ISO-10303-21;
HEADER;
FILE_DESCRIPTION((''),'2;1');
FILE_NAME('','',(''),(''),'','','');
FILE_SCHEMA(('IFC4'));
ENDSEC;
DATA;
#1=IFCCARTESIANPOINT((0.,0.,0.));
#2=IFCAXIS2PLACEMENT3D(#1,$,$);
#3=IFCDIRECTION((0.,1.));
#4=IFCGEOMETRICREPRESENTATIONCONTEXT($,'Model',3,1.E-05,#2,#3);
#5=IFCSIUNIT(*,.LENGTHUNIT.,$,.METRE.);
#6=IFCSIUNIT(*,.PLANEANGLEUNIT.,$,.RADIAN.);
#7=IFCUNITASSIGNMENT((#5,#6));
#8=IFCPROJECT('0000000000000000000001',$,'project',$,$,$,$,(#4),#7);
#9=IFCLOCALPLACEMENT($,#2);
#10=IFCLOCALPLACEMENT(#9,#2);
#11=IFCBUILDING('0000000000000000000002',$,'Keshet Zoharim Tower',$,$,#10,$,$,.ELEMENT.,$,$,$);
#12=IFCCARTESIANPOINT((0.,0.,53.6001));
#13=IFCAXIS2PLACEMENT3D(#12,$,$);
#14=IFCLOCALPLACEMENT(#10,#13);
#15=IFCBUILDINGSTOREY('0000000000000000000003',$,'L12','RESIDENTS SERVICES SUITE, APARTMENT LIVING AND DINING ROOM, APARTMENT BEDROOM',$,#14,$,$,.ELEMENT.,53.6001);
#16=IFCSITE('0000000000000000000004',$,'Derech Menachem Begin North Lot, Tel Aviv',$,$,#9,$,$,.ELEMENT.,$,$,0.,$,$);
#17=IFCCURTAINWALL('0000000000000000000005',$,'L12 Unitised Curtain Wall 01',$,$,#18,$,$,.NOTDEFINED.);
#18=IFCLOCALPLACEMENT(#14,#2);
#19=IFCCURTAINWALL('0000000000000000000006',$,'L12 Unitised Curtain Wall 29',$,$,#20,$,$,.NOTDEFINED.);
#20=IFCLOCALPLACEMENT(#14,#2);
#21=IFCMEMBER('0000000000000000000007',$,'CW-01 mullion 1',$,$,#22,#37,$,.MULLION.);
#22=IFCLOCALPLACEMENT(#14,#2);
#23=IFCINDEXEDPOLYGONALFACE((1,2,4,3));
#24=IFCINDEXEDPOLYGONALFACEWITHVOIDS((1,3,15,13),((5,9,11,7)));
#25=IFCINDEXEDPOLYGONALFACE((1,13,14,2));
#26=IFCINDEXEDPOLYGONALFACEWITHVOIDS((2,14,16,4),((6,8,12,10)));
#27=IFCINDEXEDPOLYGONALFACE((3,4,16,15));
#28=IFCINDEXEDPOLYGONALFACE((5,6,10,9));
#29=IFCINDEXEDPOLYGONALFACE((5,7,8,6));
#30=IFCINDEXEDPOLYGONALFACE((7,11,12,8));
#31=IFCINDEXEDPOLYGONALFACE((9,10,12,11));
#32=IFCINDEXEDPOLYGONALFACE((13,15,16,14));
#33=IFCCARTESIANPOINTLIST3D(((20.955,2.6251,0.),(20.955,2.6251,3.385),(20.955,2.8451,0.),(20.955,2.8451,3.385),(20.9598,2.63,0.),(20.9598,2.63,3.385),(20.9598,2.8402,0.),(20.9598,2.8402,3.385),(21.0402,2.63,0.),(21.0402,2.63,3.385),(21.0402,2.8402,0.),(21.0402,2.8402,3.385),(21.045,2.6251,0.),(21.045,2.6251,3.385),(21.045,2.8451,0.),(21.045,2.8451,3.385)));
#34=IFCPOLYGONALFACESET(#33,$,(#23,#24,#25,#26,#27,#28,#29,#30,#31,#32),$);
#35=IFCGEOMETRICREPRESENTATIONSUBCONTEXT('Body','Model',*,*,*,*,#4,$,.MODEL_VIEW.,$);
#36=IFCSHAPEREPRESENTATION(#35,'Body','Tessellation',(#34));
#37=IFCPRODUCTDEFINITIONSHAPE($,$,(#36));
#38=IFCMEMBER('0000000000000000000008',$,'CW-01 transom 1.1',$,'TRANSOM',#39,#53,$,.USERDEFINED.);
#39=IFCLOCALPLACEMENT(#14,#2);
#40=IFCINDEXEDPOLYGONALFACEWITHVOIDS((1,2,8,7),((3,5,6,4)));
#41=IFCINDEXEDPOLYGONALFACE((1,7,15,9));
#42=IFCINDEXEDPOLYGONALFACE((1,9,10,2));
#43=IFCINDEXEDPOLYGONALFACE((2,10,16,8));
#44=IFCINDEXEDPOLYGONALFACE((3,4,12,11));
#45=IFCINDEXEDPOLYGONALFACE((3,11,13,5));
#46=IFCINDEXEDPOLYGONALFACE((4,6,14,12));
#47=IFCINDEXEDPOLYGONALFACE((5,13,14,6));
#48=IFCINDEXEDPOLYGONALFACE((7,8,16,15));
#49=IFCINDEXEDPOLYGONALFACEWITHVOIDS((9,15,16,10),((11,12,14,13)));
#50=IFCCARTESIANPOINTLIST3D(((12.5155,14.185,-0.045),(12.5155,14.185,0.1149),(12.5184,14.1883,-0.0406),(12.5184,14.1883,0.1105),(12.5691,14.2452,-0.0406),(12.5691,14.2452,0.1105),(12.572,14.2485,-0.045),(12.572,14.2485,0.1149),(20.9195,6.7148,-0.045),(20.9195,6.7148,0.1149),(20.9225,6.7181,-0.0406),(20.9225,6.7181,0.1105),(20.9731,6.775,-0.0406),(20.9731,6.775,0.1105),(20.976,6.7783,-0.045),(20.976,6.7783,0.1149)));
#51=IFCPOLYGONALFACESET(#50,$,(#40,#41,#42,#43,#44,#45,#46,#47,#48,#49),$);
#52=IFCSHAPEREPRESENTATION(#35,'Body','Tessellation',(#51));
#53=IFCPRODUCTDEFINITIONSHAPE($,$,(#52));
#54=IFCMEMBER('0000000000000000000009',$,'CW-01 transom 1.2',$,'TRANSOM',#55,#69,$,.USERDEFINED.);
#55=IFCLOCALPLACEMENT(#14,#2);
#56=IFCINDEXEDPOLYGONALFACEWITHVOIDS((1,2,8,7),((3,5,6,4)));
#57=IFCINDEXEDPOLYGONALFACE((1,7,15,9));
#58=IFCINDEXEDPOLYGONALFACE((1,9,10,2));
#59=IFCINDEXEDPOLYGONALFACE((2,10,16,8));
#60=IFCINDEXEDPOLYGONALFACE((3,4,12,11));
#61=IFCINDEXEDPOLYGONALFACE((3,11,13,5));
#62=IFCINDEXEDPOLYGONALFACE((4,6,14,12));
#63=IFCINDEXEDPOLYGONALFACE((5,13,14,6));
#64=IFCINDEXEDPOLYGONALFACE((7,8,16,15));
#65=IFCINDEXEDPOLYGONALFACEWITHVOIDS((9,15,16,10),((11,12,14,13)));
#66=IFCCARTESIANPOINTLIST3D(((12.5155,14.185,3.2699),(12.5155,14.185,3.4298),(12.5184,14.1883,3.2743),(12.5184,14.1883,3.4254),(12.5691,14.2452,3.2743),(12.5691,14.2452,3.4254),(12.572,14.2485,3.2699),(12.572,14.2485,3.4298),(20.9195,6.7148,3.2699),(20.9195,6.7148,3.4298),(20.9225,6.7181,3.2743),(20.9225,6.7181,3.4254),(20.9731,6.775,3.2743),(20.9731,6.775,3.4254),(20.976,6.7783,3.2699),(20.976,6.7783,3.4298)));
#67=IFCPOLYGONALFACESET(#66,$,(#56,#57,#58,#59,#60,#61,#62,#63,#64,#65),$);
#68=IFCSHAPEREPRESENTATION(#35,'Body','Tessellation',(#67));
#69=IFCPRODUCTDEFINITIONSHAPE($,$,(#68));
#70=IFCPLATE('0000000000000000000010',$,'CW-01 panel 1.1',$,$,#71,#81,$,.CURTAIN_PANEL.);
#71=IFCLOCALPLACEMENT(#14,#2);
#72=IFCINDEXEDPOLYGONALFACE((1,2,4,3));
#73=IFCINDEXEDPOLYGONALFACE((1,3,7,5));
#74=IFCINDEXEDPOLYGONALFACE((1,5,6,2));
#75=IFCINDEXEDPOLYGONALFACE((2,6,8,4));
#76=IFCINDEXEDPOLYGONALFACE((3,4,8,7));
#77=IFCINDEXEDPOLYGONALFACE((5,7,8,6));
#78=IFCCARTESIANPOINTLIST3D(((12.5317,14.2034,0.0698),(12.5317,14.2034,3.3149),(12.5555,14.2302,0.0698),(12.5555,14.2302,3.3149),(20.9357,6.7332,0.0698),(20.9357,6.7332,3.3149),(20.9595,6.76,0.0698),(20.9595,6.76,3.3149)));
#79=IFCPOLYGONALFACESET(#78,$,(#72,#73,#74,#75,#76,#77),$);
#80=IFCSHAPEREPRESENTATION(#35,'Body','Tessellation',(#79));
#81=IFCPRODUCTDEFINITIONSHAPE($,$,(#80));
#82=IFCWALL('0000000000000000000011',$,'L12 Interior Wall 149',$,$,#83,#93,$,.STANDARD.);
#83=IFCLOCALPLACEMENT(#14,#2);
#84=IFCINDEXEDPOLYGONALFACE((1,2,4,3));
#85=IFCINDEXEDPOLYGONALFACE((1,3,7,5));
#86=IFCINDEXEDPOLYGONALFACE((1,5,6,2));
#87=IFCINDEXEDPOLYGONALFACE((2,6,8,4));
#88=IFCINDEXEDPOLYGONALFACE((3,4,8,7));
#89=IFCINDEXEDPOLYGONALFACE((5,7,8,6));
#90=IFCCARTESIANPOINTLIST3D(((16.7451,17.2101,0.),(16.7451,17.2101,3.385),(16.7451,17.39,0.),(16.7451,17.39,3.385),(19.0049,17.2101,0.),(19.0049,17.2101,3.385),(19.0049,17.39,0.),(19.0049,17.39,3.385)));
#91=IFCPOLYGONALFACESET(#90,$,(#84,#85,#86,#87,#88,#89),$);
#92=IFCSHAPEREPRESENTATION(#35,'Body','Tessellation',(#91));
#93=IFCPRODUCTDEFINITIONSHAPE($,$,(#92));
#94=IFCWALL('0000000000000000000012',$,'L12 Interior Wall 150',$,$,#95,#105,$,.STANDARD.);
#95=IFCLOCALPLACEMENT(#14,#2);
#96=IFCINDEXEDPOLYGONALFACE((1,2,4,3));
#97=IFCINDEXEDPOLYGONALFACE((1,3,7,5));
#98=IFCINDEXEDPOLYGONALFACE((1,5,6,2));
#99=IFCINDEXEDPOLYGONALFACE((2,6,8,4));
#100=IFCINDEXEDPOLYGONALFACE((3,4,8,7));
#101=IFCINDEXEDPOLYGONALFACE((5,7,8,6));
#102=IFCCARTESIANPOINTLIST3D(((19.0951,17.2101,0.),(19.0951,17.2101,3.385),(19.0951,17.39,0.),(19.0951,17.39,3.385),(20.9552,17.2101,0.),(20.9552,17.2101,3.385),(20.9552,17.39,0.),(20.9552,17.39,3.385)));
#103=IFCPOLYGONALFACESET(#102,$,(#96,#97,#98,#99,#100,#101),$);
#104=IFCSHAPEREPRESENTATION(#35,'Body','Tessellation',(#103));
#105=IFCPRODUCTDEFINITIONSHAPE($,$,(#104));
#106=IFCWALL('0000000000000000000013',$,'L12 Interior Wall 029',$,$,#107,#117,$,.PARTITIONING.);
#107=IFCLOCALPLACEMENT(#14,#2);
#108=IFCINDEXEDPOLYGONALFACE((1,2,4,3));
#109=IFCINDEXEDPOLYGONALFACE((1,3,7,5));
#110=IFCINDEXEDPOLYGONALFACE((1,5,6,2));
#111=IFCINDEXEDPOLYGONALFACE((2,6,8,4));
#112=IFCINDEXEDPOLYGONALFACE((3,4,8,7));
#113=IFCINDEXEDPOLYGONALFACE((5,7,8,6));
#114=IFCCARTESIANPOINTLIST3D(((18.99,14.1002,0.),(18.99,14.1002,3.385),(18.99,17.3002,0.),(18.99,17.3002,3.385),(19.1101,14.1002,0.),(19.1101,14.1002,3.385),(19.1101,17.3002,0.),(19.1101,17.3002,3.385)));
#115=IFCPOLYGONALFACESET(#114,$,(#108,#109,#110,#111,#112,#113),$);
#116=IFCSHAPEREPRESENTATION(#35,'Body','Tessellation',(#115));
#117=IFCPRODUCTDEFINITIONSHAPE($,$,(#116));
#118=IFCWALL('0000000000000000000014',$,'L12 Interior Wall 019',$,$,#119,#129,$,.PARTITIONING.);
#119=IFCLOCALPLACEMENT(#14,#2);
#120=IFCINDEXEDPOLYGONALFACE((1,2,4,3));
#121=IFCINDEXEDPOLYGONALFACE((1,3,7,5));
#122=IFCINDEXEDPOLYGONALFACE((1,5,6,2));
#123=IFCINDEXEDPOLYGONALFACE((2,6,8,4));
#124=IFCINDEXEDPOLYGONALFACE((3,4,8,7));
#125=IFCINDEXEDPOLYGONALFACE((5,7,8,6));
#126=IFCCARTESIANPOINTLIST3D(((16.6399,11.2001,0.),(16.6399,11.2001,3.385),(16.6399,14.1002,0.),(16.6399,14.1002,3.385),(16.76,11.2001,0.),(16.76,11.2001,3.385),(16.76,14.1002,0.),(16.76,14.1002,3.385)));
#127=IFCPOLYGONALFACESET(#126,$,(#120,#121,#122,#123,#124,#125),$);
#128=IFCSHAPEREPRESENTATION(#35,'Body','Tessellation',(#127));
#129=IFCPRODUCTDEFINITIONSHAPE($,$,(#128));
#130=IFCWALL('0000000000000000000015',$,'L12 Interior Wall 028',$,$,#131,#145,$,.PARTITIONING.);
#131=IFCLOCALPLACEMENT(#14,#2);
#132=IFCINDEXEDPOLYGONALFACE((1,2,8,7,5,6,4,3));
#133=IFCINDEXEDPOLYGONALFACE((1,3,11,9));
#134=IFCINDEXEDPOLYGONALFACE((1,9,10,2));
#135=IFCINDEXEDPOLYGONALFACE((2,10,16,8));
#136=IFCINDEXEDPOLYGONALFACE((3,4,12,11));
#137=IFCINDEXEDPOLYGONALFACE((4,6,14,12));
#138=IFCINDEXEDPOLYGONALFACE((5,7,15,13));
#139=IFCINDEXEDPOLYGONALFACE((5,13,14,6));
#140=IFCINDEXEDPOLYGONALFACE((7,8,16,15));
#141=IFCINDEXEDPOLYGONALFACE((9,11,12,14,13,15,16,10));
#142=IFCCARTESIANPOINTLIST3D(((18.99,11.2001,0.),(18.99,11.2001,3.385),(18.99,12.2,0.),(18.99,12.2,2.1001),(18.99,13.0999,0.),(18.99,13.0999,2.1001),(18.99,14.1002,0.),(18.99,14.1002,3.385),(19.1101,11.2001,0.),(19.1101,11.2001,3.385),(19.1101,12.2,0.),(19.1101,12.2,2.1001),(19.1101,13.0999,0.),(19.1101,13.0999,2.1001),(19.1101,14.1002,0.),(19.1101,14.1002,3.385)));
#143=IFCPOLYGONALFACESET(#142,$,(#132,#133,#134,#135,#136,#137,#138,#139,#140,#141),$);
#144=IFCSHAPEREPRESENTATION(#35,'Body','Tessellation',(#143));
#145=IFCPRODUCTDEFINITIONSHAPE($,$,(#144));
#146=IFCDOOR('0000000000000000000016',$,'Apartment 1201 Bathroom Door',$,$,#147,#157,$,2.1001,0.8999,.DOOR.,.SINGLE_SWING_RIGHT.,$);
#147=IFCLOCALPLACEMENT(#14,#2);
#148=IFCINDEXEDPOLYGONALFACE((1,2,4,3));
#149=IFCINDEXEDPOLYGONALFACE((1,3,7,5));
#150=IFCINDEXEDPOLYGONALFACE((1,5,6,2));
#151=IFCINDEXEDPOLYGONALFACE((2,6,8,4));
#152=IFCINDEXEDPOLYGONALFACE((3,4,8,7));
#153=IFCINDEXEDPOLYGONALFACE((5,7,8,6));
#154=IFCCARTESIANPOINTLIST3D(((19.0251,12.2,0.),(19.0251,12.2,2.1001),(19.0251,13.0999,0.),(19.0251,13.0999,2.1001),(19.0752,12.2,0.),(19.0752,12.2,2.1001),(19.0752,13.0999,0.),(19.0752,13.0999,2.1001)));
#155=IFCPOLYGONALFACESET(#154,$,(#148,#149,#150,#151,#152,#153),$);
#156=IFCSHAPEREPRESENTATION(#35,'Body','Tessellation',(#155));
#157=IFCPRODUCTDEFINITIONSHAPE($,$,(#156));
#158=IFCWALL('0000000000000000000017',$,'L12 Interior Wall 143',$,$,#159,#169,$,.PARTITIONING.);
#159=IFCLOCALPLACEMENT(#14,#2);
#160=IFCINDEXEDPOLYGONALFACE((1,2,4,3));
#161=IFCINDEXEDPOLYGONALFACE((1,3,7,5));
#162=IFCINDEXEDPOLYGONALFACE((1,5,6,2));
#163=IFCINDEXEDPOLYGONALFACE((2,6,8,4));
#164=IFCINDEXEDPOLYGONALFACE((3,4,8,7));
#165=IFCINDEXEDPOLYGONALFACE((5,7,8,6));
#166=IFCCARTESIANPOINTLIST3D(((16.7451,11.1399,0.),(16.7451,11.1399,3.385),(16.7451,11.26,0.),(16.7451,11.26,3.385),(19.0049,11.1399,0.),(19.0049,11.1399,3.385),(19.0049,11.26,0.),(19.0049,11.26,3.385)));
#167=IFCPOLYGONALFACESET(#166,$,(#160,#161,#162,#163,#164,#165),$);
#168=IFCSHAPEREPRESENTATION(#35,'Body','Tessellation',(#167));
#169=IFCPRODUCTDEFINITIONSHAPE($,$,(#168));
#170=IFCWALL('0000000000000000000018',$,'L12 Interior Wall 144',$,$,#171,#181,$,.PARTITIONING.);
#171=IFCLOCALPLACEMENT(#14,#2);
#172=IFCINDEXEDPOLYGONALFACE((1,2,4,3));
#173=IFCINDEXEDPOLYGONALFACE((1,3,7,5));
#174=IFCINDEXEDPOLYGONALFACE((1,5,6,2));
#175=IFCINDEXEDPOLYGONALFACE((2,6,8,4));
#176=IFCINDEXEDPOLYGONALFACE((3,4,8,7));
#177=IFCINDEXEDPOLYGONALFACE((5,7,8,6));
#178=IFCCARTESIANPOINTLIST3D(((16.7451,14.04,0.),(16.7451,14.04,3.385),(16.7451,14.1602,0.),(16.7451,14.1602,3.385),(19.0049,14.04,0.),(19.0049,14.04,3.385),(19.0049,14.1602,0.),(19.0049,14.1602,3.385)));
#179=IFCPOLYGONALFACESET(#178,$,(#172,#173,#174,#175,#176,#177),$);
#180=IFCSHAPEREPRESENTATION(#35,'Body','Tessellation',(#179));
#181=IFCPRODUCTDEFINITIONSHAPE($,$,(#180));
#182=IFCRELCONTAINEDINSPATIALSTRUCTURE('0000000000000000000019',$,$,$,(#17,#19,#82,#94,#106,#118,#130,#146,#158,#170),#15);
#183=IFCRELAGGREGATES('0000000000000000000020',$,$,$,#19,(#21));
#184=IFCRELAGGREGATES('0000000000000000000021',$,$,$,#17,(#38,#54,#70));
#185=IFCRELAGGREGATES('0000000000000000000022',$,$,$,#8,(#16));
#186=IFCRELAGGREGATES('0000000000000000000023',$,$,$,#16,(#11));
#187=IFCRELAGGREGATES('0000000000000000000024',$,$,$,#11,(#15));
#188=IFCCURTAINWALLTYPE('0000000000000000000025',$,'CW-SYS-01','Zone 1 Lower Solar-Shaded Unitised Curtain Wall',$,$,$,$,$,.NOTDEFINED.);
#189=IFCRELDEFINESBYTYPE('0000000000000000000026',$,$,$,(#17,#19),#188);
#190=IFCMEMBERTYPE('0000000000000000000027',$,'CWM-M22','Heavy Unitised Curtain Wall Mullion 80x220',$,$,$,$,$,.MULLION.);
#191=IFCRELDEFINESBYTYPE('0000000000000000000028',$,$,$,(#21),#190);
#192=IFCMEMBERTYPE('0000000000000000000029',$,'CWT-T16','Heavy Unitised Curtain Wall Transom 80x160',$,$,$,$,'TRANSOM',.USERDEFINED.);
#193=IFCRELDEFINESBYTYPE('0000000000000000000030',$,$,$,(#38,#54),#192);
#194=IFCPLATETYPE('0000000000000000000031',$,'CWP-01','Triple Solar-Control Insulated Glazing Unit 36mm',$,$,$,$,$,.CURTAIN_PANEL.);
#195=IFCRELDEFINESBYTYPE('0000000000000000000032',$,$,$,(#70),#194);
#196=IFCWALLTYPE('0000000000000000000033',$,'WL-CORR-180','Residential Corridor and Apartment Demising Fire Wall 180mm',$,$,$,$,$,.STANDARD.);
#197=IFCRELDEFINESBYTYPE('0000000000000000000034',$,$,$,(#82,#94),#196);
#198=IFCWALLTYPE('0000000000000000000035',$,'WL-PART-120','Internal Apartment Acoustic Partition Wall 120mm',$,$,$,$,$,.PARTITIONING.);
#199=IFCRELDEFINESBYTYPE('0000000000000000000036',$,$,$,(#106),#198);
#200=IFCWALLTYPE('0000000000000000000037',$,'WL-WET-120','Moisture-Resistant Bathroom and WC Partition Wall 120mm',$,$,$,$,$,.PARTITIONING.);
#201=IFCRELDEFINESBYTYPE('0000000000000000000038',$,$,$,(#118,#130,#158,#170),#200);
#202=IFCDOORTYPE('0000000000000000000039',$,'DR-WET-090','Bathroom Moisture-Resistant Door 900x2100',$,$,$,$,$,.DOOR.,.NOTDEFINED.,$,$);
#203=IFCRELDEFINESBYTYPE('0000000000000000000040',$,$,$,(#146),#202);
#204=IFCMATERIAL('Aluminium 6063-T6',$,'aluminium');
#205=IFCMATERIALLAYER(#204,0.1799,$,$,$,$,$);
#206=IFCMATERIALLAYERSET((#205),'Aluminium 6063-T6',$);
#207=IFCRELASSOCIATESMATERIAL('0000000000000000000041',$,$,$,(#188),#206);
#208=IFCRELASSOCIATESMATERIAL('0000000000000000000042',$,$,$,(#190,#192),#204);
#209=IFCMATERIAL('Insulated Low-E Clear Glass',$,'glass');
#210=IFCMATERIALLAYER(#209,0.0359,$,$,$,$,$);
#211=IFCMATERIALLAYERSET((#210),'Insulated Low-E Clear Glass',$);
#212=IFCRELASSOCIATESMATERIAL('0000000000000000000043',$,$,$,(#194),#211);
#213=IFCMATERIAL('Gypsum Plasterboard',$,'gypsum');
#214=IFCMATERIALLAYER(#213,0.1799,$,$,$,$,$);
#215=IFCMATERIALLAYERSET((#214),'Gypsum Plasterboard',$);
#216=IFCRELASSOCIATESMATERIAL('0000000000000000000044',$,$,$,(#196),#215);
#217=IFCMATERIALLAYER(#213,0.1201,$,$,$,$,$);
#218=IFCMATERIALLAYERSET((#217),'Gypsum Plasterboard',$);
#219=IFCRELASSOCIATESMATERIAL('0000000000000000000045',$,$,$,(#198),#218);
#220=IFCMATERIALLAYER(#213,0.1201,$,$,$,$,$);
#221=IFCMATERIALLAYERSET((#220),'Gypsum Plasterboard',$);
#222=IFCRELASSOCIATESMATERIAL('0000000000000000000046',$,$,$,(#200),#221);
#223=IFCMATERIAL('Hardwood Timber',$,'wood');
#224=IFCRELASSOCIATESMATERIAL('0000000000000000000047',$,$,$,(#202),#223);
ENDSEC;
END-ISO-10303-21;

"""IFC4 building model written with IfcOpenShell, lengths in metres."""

from ifc_helpers import new_model, si_unit, direction, frame, frame_2d, origin, origin_2d, place, context, subcontext, project, spatial, rectangle, hollow_rectangle, extrude, material, layer, layer_set, material_profile, profile_set, type_object, element, fill, aggregate, save


model = new_model("IFC4")

# Units and contexts
model_context = context("Model", 3, precision=1e-05, world=origin(), true_north=direction((0.0, 1.0)))
body_context = subcontext(model_context, "Body", "Model", "MODEL_VIEW")
ifc_project = project(units=[si_unit("LENGTHUNIT", "METRE"), si_unit("PLANEANGLEUNIT", "RADIAN")], contexts=[model_context])

# Site, building, storey
site_placement = place(None, origin())
site = spatial("IfcSite", under=ifc_project, at=site_placement, Name="Derech Menachem Begin North Lot, Tel Aviv", CompositionType="ELEMENT", RefElevation=0.0)
building_placement = place(site_placement, origin())
building = spatial("IfcBuilding", under=site, at=building_placement, Name="Keshet Zoharim Tower", CompositionType="ELEMENT")
storey_placement = place(building_placement, frame((0.0, 0.0, 53.6001)))
storey = spatial("IfcBuildingStorey", under=building, at=storey_placement, Name="L12", Description="RESIDENTS SERVICES SUITE, APARTMENT LIVING AND DINING ROOM, APARTMENT BEDROOM", CompositionType="ELEMENT", Elevation=53.6001)

# Curtain walls, member
ifc_material_1 = material(Name="Aluminium 6063-T6", Category="aluminium")
ifc_layer_1 = layer(ifc_material_1, 0.1799)
ifc_layer_set_1 = layer_set([ifc_layer_1], Name="Aluminium 6063-T6")
curtain_wall_type = type_object("IfcCurtainWallType", Name="CW-SYS-01", Description="Zone 1 Lower Solar-Shaded Unitised Curtain Wall", PredefinedType="NOTDEFINED", material=ifc_layer_set_1)
curtain_wall_1_placement = place(storey_placement, origin())
curtain_wall_1 = element("IfcCurtainWall", 1, at=curtain_wall_1_placement, inside=storey, type_object=curtain_wall_type, Name="L12 Unitised Curtain Wall 01", PredefinedType="NOTDEFINED")
ifc_material_profile_1 = material_profile(ifc_material_1, hollow_rectangle(XDim=0.0901, YDim=0.22, WallThickness=0.0049, at=origin_2d()), Name="MUL-90x220")
ifc_profile_set_1 = profile_set([ifc_material_profile_1], Name="Aluminium 6063-T6")
member_type_1 = type_object("IfcMemberType", Name="CWM-M22", Description="Heavy Unitised Curtain Wall Mullion 80x220", PredefinedType="MULLION", material=ifc_profile_set_1)
curtain_wall_2_placement = place(storey_placement, origin())
curtain_wall_2 = element("IfcCurtainWall", 2, at=curtain_wall_2_placement, inside=storey, type_object=curtain_wall_type, Name="L12 Unitised Curtain Wall 29", PredefinedType="NOTDEFINED")
member_1_placement = place(storey_placement, frame((21.0, 2.7351, 0.0), z_axis=(0.0, 0.0, 1.0), x_axis=(-1.0, 0.0, 0.0)))
member_1 = element("IfcMember", 3, at=member_1_placement, type_object=member_type_1, Name="CW-01 mullion 1", PredefinedType="MULLION", context=body_context, shape_type="SweptSolid", body=[
    extrude(hollow_rectangle(XDim=0.0901, YDim=0.22, WallThickness=0.0049, at=origin_2d()), origin(), (0.0, 0.0, 1.0), 3.385),
])
aggregate(curtain_wall_2, [member_1])

# Members
ifc_material_profile_2 = material_profile(ifc_material_1, hollow_rectangle(XDim=0.085, YDim=0.1599, WallThickness=0.0044, at=origin_2d()), Name="TRN-85x160")
ifc_profile_set_2 = profile_set([ifc_material_profile_2], Name="Aluminium 6063-T6")
member_type_2 = type_object("IfcMemberType", Name="CWT-T16", Description="Heavy Unitised Curtain Wall Transom 80x160", ElementType="TRANSOM", PredefinedType="USERDEFINED", material=ifc_profile_set_2)
member_2_placement = place(storey_placement, frame((20.9478, 6.7466, 0.0349), z_axis=(-0.747412, 0.664361, 0.0), x_axis=(-0.664361, -0.747412, 0.0)))
member_2 = element("IfcMember", 4, at=member_2_placement, type_object=member_type_2, Name="CW-01 transom 1.1", ObjectType="TRANSOM", PredefinedType="USERDEFINED", context=body_context, shape_type="SweptSolid", body=[
    extrude(hollow_rectangle(XDim=0.085, YDim=0.1599, WallThickness=0.0044, at=origin_2d()), origin(), (0.0, 0.0, 1.0), 11.2441),
])
member_3_placement = place(storey_placement, frame((20.9478, 6.7466, 3.3499), z_axis=(-0.747412, 0.664361, 0.0), x_axis=(-0.664361, -0.747412, 0.0)))
member_3 = element("IfcMember", 5, at=member_3_placement, type_object=member_type_2, Name="CW-01 transom 1.2", ObjectType="TRANSOM", PredefinedType="USERDEFINED", context=body_context, shape_type="SweptSolid", body=[
    extrude(hollow_rectangle(XDim=0.085, YDim=0.1599, WallThickness=0.0044, at=origin_2d()), origin(), (0.0, 0.0, 1.0), 11.2441),
])

# Plate
ifc_material_2 = material(Name="Insulated Low-E Clear Glass", Category="glass")
ifc_layer_2 = layer(ifc_material_2, 0.0359)
ifc_layer_set_2 = layer_set([ifc_layer_2], Name="Insulated Low-E Clear Glass")
plate_type = type_object("IfcPlateType", Name="CWP-01", Description="Triple Solar-Control Insulated Glazing Unit 36mm", PredefinedType="CURTAIN_PANEL", material=ifc_layer_set_2)
plate_placement = place(storey_placement, frame((16.7456, 10.4817, 0.0698), z_axis=(0.0, 0.0, 1.0), x_axis=(-0.747409, 0.664364, 0.0)))
plate = element("IfcPlate", 6, at=plate_placement, type_object=plate_type, Name="CW-01 panel 1.1", PredefinedType="CURTAIN_PANEL", context=body_context, shape_type="SweptSolid", body=[
    extrude(rectangle(XDim=11.2441, YDim=0.0359, at=origin_2d()), origin(), (0.0, 0.0, 1.0), 3.2451),
])
aggregate(curtain_wall_1, [member_2, member_3, plate])

# Walls
ifc_material_3 = material(Name="Gypsum Plasterboard", Category="gypsum")
ifc_layer_3 = layer(ifc_material_3, 0.1799)
ifc_layer_set_3 = layer_set([ifc_layer_3], Name="Gypsum Plasterboard")
wall_type_1 = type_object("IfcWallType", Name="WL-CORR-180", Description="Residential Corridor and Apartment Demising Fire Wall 180mm", PredefinedType="STANDARD", material=ifc_layer_set_3)
wall_1_placement = place(storey_placement, frame((16.7451, 17.3, 0.0), z_axis=(0.0, 0.0, 1.0), x_axis=(1.0, 0.0, 0.0)))
element("IfcWall", 7, at=wall_1_placement, inside=storey, type_object=wall_type_1, Name="L12 Interior Wall 149", PredefinedType="STANDARD", context=body_context, shape_type="SweptSolid", body=[
    extrude(rectangle(XDim=2.2598, YDim=0.1799, at=frame_2d((1.1299, 0.0))), origin(), (0.0, 0.0, 1.0), 3.385),
])
wall_2_placement = place(storey_placement, frame((19.095, 17.3, 0.0), z_axis=(0.0, 0.0, 1.0), x_axis=(1.0, 0.0, 0.0)))
element("IfcWall", 8, at=wall_2_placement, inside=storey, type_object=wall_type_1, Name="L12 Interior Wall 150", PredefinedType="STANDARD", context=body_context, shape_type="SweptSolid", body=[
    extrude(rectangle(XDim=1.8601, YDim=0.1799, at=frame_2d((0.9302, 0.0))), origin(), (0.0, 0.0, 1.0), 3.385),
])

# Shared definitions
ifc_layer_4 = layer(ifc_material_3, 0.1201)
ifc_layer_set_4 = layer_set([ifc_layer_4], Name="Gypsum Plasterboard")
wall_type_2 = type_object("IfcWallType", Name="WL-PART-120", Description="Internal Apartment Acoustic Partition Wall 120mm", PredefinedType="PARTITIONING", material=ifc_layer_set_4)
ifc_material_4 = material(Name="Hardwood Timber", Category="wood")

# Walls
wall_3_placement = place(storey_placement, frame((19.05, 14.1001, 0.0), z_axis=(0.0, 0.0, 1.0), x_axis=(0.0, 1.0, 0.0)))
element("IfcWall", 9, at=wall_3_placement, inside=storey, type_object=wall_type_2, Name="L12 Interior Wall 029", PredefinedType="PARTITIONING", context=body_context, shape_type="SweptSolid", body=[
    extrude(rectangle(XDim=3.2, YDim=0.1201, at=frame_2d((1.6001, 0.0))), origin(), (0.0, 0.0, 1.0), 3.385),
])
ifc_layer_5 = layer(ifc_material_3, 0.1201)
ifc_layer_set_5 = layer_set([ifc_layer_5], Name="Gypsum Plasterboard")
wall_type_3 = type_object("IfcWallType", Name="WL-WET-120", Description="Moisture-Resistant Bathroom and WC Partition Wall 120mm", PredefinedType="PARTITIONING", material=ifc_layer_set_5)
wall_4_placement = place(storey_placement, frame((16.7, 11.2, 0.0), z_axis=(0.0, 0.0, 1.0), x_axis=(0.0, 1.0, 0.0)))
element("IfcWall", 10, at=wall_4_placement, inside=storey, type_object=wall_type_3, Name="L12 Interior Wall 019", PredefinedType="PARTITIONING", context=body_context, shape_type="SweptSolid", body=[
    extrude(rectangle(XDim=2.9001, YDim=0.1201, at=frame_2d((1.4502, 0.0))), origin(), (0.0, 0.0, 1.0), 3.385),
])

# Wall, opening, door
wall_5_placement = place(storey_placement, frame((19.05, 11.2, 0.0), z_axis=(0.0, 0.0, 1.0), x_axis=(0.0, 1.0, 0.0)))
wall_5 = element("IfcWall", 11, at=wall_5_placement, inside=storey, type_object=wall_type_3, Name="L12 Interior Wall 028", PredefinedType="PARTITIONING", context=body_context, shape_type="SweptSolid", body=[
    extrude(rectangle(XDim=2.9001, YDim=0.1201, at=frame_2d((1.4502, 0.0))), origin(), (0.0, 0.0, 1.0), 3.385),
])
opening_1_placement = place(wall_5_placement, frame((1.0, 0.0, 0.0)))
opening_1 = element("IfcOpeningElement", 12, at=opening_1_placement, cuts=wall_5, PredefinedType="OPENING", context=body_context, shape_type="SweptSolid", body=[
    extrude(rectangle(XDim=0.8999, YDim=2.1001, at=frame_2d((0.45, 1.05))), frame((0.0, 0.0701, 0.0), z_axis=(0.0, -1.0, 0.0), x_axis=(1.0, 0.0, 0.0)), (0.0, 0.0, 1.0), 0.1401),
])
door_type_1 = type_object("IfcDoorType", Name="DR-WET-090", Description="Bathroom Moisture-Resistant Door 900x2100", OperationType="NOTDEFINED", PredefinedType="DOOR", material=ifc_material_4)
door_1_placement = place(opening_1_placement, origin())
door_1 = element("IfcDoor", 13, at=door_1_placement, inside=storey, type_object=door_type_1, Name="Apartment 1201 Bathroom Door", OperationType="SINGLE_SWING_RIGHT", OverallHeight=2.1001, OverallWidth=0.8999, PredefinedType="DOOR", context=body_context, shape_type="SweptSolid", body=[
    extrude(rectangle(XDim=0.8999, YDim=2.1001, at=frame_2d((0.45, 1.05))), frame((0.0, 0.0249, 0.0), z_axis=(0.0, -1.0, 0.0), x_axis=(1.0, 0.0, 0.0)), (0.0, 0.0, 1.0), 0.05),
])
fill(opening_1, door_1)

# Walls
for number, where, z_axis, x_axis, name in (
    (14, (16.7451, 11.2, 0.0), (0.0, 0.0, 1.0), (1.0, 0.0, 0.0), "L12 Interior Wall 143"),
    (15, (16.7451, 14.1001, 0.0), (0.0, 0.0, 1.0), (1.0, 0.0, 0.0), "L12 Interior Wall 144"),
):
    element("IfcWall", number, at=place(storey_placement, frame(where, z_axis=z_axis, x_axis=x_axis)), inside=storey, type_object=wall_type_3, Name=name, PredefinedType="PARTITIONING", context=body_context, shape_type="SweptSolid", body=[
        extrude(rectangle(XDim=2.2598, YDim=0.1201, at=frame_2d((1.1299, 0.0))), origin(), (0.0, 0.0, 1.0), 3.385),
    ])

save(model, "model.ifc")
